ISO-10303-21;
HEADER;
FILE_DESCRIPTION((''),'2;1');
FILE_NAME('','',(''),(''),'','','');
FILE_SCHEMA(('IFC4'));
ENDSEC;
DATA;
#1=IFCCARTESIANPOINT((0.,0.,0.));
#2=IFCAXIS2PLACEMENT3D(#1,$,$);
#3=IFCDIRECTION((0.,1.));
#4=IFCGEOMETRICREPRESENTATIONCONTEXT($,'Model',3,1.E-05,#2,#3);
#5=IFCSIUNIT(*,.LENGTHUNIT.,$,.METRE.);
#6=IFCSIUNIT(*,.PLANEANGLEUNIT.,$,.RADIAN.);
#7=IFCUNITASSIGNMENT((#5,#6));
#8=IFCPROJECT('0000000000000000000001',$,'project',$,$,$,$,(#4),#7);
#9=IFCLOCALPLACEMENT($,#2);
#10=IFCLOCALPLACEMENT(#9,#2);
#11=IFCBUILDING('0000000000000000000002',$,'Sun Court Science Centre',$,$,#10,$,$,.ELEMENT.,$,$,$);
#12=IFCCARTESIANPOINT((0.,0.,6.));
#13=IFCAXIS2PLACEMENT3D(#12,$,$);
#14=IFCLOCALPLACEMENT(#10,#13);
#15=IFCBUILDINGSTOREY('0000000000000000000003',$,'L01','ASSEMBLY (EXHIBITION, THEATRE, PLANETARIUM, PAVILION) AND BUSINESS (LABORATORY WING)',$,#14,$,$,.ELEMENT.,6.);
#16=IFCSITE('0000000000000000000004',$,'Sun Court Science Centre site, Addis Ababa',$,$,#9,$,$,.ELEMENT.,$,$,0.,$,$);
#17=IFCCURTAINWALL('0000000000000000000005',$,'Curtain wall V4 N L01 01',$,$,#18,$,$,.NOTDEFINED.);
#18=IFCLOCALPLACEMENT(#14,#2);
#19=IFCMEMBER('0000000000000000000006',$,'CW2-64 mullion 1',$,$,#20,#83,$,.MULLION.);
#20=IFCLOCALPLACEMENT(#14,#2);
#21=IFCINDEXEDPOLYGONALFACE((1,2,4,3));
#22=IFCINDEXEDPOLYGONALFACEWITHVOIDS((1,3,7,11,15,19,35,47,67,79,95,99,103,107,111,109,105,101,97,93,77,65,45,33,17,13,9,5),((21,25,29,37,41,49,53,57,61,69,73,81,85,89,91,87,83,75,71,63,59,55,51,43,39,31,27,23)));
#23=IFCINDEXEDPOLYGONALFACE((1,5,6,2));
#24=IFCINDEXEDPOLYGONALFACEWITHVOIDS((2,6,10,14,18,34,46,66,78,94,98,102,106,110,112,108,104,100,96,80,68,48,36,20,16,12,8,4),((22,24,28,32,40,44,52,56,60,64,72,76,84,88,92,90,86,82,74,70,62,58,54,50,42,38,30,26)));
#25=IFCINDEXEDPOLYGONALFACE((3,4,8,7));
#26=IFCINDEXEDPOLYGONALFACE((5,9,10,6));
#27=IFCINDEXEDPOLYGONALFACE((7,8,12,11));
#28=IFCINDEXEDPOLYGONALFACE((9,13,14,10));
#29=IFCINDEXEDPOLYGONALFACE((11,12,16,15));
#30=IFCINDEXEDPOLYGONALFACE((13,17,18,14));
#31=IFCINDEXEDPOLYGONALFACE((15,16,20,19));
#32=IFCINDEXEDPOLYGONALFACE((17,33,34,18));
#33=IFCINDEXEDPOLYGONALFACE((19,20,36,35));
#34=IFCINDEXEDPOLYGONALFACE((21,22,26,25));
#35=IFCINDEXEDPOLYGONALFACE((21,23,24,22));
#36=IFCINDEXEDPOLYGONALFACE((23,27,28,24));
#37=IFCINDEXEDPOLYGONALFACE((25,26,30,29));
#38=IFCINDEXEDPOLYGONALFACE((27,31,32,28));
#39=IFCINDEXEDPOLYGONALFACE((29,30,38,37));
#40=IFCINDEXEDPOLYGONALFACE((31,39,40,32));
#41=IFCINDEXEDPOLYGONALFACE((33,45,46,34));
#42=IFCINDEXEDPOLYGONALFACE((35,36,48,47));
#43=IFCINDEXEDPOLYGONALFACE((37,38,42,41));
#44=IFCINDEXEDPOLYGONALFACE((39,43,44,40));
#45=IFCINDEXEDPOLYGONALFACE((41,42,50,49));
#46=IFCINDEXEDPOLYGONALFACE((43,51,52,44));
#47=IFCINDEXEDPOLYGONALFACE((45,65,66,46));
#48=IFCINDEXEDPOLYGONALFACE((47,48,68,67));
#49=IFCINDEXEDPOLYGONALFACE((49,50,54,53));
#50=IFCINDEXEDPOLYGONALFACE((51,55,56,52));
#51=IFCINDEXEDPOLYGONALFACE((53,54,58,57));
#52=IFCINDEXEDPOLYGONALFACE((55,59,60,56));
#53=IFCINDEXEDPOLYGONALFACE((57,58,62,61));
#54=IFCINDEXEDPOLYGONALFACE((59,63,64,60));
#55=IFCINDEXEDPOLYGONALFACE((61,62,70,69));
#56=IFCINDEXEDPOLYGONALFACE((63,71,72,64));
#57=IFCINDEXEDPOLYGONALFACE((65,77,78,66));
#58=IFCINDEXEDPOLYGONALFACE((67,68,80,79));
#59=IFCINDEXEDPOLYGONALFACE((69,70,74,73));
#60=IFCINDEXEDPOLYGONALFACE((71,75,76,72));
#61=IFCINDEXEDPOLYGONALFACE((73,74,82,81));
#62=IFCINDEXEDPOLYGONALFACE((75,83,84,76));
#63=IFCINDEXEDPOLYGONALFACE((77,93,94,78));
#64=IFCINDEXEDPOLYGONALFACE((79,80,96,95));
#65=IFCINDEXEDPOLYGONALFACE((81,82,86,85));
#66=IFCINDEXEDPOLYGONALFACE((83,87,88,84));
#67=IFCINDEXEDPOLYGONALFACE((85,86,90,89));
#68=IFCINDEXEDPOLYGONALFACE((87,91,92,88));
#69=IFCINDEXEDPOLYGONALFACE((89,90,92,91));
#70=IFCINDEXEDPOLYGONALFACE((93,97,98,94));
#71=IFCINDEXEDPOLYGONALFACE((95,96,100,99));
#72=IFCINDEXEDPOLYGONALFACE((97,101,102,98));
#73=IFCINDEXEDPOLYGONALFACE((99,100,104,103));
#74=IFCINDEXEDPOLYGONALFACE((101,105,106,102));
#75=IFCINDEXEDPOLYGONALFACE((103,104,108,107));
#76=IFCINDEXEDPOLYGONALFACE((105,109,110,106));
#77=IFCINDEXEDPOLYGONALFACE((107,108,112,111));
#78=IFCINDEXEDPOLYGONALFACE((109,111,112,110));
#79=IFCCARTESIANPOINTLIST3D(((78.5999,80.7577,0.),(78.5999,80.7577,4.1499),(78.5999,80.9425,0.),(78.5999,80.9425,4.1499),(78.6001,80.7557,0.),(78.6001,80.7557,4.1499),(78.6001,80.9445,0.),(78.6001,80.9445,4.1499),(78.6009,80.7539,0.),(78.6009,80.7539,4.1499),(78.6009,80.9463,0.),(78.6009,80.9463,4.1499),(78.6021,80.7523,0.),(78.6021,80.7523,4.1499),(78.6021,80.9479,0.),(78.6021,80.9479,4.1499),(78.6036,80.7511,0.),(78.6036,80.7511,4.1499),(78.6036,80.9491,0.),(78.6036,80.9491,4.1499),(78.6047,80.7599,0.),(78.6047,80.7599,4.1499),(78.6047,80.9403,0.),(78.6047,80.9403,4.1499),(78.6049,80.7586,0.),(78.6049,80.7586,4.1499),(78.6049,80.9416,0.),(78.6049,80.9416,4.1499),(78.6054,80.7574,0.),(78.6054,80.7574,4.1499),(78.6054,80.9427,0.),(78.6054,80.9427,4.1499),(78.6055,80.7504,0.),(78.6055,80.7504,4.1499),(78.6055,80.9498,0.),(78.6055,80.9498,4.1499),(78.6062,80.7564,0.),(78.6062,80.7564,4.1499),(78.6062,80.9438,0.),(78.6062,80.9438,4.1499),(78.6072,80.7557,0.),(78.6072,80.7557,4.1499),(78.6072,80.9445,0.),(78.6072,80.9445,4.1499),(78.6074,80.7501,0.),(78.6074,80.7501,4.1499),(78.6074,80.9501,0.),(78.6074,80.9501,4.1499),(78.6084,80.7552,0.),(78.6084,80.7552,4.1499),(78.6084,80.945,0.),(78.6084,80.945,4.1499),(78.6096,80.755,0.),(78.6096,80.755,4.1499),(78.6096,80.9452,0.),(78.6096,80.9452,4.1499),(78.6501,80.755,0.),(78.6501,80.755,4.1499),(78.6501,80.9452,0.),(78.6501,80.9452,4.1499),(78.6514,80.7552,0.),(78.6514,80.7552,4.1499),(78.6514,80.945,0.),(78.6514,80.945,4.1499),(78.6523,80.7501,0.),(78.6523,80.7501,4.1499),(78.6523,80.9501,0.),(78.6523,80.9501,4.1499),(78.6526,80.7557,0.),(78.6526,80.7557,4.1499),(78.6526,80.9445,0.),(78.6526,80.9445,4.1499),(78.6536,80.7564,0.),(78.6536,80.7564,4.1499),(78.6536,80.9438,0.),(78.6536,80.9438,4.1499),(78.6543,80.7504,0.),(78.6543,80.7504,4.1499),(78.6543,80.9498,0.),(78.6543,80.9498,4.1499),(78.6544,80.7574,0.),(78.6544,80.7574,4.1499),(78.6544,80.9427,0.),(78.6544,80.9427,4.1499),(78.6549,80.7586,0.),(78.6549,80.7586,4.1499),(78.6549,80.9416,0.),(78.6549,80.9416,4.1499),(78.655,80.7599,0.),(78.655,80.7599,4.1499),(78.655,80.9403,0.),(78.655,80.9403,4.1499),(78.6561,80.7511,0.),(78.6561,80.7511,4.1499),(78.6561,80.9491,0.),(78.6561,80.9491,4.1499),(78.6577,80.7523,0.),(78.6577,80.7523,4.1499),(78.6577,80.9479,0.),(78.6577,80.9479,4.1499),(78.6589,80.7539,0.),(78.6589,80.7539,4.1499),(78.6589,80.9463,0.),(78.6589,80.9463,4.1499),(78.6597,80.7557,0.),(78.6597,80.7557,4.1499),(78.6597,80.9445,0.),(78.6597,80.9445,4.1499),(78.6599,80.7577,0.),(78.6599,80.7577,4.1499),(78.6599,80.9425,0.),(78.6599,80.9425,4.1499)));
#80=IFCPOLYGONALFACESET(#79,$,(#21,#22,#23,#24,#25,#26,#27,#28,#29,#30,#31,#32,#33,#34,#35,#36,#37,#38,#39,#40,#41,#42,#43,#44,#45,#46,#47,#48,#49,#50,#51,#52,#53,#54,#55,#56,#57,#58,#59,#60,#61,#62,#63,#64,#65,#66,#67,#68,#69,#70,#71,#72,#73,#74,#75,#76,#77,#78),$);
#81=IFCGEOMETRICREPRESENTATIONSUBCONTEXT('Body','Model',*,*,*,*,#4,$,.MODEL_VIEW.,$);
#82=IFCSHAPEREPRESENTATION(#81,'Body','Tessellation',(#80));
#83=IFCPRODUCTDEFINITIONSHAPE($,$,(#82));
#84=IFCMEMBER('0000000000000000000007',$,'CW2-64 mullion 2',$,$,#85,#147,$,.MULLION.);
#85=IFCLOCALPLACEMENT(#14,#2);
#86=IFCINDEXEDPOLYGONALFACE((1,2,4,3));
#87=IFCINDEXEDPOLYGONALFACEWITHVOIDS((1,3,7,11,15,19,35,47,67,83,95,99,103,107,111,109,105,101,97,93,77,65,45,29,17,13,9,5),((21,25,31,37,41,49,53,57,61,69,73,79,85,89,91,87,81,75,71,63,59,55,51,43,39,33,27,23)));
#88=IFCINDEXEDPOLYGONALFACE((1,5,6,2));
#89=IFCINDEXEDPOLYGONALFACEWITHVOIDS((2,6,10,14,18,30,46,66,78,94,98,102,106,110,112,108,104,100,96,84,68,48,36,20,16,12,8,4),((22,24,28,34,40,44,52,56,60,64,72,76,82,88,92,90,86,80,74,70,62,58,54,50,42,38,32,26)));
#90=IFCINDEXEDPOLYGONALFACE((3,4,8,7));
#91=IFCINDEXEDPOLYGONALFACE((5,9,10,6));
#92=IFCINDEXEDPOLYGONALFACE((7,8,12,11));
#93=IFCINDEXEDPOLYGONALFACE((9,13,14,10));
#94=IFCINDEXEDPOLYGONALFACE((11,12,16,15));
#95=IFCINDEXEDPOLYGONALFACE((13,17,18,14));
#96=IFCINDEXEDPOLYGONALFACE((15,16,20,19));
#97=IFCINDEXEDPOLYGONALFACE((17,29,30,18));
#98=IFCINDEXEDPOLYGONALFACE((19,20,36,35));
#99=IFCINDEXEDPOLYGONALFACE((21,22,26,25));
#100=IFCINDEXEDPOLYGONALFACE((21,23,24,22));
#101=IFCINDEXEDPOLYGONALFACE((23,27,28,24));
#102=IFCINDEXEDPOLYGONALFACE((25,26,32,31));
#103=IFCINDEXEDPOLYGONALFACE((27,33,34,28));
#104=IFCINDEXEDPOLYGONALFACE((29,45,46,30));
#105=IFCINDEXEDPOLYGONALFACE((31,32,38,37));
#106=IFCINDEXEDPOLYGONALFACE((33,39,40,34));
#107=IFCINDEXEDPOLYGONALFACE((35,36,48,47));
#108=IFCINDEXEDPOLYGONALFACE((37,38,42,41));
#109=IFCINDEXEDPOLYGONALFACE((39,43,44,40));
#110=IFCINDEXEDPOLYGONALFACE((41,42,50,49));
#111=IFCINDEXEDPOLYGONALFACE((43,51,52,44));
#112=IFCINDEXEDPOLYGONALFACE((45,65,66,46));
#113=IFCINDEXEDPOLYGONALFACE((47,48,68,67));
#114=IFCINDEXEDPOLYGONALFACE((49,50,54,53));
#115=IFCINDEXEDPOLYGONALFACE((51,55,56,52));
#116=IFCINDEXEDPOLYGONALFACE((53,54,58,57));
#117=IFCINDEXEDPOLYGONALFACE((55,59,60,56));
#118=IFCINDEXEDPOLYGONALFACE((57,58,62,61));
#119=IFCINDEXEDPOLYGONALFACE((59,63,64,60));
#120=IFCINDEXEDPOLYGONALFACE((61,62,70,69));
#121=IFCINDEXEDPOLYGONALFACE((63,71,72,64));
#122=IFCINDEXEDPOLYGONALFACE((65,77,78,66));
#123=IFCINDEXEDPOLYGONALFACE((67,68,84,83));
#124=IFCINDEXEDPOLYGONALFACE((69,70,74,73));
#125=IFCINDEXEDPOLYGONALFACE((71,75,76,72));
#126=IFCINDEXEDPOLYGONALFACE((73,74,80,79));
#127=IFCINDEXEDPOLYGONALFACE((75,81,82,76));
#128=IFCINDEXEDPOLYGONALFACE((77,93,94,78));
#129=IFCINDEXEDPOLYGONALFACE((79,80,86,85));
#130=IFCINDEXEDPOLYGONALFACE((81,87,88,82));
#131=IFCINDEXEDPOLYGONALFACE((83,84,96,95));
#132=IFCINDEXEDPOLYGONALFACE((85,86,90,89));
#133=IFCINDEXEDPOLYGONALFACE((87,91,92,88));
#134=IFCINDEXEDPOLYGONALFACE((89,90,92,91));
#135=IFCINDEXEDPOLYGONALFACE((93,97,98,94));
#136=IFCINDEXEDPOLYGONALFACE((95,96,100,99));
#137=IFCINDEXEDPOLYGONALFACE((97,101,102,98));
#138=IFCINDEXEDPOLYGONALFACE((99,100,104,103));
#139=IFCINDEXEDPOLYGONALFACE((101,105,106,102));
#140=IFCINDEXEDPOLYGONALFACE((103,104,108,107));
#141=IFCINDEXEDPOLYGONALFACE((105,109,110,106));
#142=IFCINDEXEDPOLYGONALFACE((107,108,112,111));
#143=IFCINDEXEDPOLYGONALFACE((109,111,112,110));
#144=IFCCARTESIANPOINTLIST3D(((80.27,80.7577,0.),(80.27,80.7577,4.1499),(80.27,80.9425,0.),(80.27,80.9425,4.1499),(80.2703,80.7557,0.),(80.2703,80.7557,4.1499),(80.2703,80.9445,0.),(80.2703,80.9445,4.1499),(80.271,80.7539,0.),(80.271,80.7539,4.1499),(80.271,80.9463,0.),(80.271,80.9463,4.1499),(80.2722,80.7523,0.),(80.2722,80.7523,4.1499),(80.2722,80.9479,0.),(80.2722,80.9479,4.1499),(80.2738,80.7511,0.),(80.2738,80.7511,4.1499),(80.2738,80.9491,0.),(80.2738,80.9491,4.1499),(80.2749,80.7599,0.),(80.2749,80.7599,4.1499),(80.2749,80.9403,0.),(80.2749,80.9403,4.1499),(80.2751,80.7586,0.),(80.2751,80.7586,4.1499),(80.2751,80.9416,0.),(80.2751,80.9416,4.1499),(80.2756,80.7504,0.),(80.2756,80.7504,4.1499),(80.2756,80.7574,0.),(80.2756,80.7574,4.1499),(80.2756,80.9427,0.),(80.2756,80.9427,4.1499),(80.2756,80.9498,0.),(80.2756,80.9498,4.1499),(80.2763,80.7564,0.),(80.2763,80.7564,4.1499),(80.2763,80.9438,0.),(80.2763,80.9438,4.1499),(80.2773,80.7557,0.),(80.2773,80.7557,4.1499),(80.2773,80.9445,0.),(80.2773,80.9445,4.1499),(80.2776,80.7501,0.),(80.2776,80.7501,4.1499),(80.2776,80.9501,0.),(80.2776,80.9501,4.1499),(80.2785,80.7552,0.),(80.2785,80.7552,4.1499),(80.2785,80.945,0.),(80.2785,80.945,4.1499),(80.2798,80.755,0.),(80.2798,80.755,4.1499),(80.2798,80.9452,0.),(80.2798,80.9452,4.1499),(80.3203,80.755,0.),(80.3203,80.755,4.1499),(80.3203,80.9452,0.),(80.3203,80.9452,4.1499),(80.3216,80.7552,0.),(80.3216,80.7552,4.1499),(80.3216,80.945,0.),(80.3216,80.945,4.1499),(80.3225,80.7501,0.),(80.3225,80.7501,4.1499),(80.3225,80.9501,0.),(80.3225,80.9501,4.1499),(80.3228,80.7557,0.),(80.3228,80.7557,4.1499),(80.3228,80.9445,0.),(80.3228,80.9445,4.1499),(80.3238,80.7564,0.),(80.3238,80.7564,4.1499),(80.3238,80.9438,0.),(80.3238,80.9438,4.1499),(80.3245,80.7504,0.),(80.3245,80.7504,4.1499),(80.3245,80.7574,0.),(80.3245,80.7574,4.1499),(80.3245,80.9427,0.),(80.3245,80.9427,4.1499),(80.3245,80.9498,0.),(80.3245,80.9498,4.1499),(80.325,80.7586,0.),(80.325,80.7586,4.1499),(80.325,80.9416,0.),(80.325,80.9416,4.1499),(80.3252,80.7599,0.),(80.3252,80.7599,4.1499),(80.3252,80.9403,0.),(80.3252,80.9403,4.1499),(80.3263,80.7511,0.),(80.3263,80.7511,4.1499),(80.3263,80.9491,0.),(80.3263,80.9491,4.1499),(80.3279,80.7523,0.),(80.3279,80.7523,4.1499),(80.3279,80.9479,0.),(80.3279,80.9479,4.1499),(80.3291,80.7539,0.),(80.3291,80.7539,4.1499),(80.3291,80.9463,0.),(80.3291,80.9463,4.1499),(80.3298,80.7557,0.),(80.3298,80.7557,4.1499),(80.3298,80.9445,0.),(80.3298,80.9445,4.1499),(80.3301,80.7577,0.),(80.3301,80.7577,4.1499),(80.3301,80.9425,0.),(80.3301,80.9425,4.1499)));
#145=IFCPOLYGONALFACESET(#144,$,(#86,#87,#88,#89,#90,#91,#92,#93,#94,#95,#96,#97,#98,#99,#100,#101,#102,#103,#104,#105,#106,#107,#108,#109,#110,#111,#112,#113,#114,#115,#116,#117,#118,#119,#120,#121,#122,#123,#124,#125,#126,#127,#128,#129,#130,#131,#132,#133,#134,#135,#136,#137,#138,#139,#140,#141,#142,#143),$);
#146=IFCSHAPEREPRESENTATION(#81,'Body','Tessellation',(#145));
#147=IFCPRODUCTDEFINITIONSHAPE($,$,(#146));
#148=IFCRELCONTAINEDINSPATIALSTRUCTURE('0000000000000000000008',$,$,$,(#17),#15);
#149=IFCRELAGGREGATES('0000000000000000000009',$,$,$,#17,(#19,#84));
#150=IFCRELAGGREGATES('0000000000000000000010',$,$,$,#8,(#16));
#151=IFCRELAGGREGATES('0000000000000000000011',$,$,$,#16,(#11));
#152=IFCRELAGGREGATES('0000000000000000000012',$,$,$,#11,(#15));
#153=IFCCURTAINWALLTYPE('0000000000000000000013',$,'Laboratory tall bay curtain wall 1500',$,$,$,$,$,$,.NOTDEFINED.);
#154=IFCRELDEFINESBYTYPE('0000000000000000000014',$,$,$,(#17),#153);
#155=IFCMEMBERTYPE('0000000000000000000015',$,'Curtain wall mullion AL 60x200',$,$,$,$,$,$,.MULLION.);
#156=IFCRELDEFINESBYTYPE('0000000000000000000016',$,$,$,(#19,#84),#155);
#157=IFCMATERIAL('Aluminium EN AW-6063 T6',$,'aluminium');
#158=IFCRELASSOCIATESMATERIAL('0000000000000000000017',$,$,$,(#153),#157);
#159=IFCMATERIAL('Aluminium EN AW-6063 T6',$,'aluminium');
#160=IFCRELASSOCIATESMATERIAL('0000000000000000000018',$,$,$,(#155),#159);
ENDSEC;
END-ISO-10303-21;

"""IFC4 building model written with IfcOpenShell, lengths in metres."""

from ifc_helpers import new_model, si_unit, direction, frame, origin, origin_2d, place, context, subcontext, project, spatial, hollow_rectangle, extrude, material, material_profile, profile_set, type_object, element, aggregate, save


model = new_model("IFC4")

# Units and contexts
model_context = context("Model", 3, precision=1e-05, world=origin(), true_north=direction((0.0, 1.0)))
body_context = subcontext(model_context, "Body", "Model", "MODEL_VIEW")
ifc_project = project(units=[si_unit("LENGTHUNIT", "METRE"), si_unit("PLANEANGLEUNIT", "RADIAN")], contexts=[model_context])

# Site, building, storey
site_placement = place(None, origin())
site = spatial("IfcSite", under=ifc_project, at=site_placement, Name="Sun Court Science Centre site, Addis Ababa", CompositionType="ELEMENT", RefElevation=0.0)
building_placement = place(site_placement, origin())
building = spatial("IfcBuilding", under=site, at=building_placement, Name="Sun Court Science Centre", CompositionType="ELEMENT")
storey_placement = place(building_placement, frame((0.0, 0.0, 6.0)))
storey = spatial("IfcBuildingStorey", under=building, at=storey_placement, Name="L01", Description="ASSEMBLY (EXHIBITION, THEATRE, PLANETARIUM, PAVILION) AND BUSINESS (LABORATORY WING)", CompositionType="ELEMENT", Elevation=6.0)

# Curtain wall, members
ifc_material_1 = material(Name="Aluminium EN AW-6063 T6", Category="aluminium")
curtain_wall_type = type_object("IfcCurtainWallType", Name="Laboratory tall bay curtain wall 1500", PredefinedType="NOTDEFINED", material=ifc_material_1)
ifc_material_2 = material(Name="Aluminium EN AW-6063 T6", Category="aluminium")
ifc_material_profile_1 = material_profile(ifc_material_2, hollow_rectangle(XDim=0.0601, YDim=0.2, WallThickness=0.0049, InnerFilletRadius=0.0049, OuterFilletRadius=0.0076, at=origin_2d()), Name="AL 60x200x5")
ifc_profile_set_1 = profile_set([ifc_material_profile_1], Name="Aluminium EN AW-6063 T6")
member_type_1 = type_object("IfcMemberType", Name="Curtain wall mullion AL 60x200", PredefinedType="MULLION", material=ifc_profile_set_1)
curtain_wall_1_placement = place(storey_placement, origin())
curtain_wall_1 = element("IfcCurtainWall", 1, at=curtain_wall_1_placement, inside=storey, type_object=curtain_wall_type, Name="Curtain wall V4 N L01 01", PredefinedType="NOTDEFINED")
member_1_placement = place(storey_placement, frame((78.6299, 80.8501, 0.0), z_axis=(0.0, 0.0, 1.0), x_axis=(1.0, 0.0, 0.0)))
member_1 = element("IfcMember", 2, at=member_1_placement, type_object=member_type_1, Name="CW2-64 mullion 1", PredefinedType="MULLION", context=body_context, shape_type="SweptSolid", body=[
    extrude(hollow_rectangle(XDim=0.0601, YDim=0.2, WallThickness=0.0049, InnerFilletRadius=0.0049, OuterFilletRadius=0.0076, at=origin_2d()), origin(), (0.0, 0.0, 1.0), 4.1499),
])
member_2_placement = place(storey_placement, frame((80.3, 80.8501, 0.0), z_axis=(0.0, 0.0, 1.0), x_axis=(1.0, 0.0, 0.0)))
member_2 = element("IfcMember", 3, at=member_2_placement, type_object=member_type_1, Name="CW2-64 mullion 2", PredefinedType="MULLION", context=body_context, shape_type="SweptSolid", body=[
    extrude(hollow_rectangle(XDim=0.0601, YDim=0.2, WallThickness=0.0049, InnerFilletRadius=0.0049, OuterFilletRadius=0.0076, at=origin_2d()), origin(), (0.0, 0.0, 1.0), 4.1499),
])

aggregate(curtain_wall_1, [member_1, member_2])

save(model, "model.ifc")
